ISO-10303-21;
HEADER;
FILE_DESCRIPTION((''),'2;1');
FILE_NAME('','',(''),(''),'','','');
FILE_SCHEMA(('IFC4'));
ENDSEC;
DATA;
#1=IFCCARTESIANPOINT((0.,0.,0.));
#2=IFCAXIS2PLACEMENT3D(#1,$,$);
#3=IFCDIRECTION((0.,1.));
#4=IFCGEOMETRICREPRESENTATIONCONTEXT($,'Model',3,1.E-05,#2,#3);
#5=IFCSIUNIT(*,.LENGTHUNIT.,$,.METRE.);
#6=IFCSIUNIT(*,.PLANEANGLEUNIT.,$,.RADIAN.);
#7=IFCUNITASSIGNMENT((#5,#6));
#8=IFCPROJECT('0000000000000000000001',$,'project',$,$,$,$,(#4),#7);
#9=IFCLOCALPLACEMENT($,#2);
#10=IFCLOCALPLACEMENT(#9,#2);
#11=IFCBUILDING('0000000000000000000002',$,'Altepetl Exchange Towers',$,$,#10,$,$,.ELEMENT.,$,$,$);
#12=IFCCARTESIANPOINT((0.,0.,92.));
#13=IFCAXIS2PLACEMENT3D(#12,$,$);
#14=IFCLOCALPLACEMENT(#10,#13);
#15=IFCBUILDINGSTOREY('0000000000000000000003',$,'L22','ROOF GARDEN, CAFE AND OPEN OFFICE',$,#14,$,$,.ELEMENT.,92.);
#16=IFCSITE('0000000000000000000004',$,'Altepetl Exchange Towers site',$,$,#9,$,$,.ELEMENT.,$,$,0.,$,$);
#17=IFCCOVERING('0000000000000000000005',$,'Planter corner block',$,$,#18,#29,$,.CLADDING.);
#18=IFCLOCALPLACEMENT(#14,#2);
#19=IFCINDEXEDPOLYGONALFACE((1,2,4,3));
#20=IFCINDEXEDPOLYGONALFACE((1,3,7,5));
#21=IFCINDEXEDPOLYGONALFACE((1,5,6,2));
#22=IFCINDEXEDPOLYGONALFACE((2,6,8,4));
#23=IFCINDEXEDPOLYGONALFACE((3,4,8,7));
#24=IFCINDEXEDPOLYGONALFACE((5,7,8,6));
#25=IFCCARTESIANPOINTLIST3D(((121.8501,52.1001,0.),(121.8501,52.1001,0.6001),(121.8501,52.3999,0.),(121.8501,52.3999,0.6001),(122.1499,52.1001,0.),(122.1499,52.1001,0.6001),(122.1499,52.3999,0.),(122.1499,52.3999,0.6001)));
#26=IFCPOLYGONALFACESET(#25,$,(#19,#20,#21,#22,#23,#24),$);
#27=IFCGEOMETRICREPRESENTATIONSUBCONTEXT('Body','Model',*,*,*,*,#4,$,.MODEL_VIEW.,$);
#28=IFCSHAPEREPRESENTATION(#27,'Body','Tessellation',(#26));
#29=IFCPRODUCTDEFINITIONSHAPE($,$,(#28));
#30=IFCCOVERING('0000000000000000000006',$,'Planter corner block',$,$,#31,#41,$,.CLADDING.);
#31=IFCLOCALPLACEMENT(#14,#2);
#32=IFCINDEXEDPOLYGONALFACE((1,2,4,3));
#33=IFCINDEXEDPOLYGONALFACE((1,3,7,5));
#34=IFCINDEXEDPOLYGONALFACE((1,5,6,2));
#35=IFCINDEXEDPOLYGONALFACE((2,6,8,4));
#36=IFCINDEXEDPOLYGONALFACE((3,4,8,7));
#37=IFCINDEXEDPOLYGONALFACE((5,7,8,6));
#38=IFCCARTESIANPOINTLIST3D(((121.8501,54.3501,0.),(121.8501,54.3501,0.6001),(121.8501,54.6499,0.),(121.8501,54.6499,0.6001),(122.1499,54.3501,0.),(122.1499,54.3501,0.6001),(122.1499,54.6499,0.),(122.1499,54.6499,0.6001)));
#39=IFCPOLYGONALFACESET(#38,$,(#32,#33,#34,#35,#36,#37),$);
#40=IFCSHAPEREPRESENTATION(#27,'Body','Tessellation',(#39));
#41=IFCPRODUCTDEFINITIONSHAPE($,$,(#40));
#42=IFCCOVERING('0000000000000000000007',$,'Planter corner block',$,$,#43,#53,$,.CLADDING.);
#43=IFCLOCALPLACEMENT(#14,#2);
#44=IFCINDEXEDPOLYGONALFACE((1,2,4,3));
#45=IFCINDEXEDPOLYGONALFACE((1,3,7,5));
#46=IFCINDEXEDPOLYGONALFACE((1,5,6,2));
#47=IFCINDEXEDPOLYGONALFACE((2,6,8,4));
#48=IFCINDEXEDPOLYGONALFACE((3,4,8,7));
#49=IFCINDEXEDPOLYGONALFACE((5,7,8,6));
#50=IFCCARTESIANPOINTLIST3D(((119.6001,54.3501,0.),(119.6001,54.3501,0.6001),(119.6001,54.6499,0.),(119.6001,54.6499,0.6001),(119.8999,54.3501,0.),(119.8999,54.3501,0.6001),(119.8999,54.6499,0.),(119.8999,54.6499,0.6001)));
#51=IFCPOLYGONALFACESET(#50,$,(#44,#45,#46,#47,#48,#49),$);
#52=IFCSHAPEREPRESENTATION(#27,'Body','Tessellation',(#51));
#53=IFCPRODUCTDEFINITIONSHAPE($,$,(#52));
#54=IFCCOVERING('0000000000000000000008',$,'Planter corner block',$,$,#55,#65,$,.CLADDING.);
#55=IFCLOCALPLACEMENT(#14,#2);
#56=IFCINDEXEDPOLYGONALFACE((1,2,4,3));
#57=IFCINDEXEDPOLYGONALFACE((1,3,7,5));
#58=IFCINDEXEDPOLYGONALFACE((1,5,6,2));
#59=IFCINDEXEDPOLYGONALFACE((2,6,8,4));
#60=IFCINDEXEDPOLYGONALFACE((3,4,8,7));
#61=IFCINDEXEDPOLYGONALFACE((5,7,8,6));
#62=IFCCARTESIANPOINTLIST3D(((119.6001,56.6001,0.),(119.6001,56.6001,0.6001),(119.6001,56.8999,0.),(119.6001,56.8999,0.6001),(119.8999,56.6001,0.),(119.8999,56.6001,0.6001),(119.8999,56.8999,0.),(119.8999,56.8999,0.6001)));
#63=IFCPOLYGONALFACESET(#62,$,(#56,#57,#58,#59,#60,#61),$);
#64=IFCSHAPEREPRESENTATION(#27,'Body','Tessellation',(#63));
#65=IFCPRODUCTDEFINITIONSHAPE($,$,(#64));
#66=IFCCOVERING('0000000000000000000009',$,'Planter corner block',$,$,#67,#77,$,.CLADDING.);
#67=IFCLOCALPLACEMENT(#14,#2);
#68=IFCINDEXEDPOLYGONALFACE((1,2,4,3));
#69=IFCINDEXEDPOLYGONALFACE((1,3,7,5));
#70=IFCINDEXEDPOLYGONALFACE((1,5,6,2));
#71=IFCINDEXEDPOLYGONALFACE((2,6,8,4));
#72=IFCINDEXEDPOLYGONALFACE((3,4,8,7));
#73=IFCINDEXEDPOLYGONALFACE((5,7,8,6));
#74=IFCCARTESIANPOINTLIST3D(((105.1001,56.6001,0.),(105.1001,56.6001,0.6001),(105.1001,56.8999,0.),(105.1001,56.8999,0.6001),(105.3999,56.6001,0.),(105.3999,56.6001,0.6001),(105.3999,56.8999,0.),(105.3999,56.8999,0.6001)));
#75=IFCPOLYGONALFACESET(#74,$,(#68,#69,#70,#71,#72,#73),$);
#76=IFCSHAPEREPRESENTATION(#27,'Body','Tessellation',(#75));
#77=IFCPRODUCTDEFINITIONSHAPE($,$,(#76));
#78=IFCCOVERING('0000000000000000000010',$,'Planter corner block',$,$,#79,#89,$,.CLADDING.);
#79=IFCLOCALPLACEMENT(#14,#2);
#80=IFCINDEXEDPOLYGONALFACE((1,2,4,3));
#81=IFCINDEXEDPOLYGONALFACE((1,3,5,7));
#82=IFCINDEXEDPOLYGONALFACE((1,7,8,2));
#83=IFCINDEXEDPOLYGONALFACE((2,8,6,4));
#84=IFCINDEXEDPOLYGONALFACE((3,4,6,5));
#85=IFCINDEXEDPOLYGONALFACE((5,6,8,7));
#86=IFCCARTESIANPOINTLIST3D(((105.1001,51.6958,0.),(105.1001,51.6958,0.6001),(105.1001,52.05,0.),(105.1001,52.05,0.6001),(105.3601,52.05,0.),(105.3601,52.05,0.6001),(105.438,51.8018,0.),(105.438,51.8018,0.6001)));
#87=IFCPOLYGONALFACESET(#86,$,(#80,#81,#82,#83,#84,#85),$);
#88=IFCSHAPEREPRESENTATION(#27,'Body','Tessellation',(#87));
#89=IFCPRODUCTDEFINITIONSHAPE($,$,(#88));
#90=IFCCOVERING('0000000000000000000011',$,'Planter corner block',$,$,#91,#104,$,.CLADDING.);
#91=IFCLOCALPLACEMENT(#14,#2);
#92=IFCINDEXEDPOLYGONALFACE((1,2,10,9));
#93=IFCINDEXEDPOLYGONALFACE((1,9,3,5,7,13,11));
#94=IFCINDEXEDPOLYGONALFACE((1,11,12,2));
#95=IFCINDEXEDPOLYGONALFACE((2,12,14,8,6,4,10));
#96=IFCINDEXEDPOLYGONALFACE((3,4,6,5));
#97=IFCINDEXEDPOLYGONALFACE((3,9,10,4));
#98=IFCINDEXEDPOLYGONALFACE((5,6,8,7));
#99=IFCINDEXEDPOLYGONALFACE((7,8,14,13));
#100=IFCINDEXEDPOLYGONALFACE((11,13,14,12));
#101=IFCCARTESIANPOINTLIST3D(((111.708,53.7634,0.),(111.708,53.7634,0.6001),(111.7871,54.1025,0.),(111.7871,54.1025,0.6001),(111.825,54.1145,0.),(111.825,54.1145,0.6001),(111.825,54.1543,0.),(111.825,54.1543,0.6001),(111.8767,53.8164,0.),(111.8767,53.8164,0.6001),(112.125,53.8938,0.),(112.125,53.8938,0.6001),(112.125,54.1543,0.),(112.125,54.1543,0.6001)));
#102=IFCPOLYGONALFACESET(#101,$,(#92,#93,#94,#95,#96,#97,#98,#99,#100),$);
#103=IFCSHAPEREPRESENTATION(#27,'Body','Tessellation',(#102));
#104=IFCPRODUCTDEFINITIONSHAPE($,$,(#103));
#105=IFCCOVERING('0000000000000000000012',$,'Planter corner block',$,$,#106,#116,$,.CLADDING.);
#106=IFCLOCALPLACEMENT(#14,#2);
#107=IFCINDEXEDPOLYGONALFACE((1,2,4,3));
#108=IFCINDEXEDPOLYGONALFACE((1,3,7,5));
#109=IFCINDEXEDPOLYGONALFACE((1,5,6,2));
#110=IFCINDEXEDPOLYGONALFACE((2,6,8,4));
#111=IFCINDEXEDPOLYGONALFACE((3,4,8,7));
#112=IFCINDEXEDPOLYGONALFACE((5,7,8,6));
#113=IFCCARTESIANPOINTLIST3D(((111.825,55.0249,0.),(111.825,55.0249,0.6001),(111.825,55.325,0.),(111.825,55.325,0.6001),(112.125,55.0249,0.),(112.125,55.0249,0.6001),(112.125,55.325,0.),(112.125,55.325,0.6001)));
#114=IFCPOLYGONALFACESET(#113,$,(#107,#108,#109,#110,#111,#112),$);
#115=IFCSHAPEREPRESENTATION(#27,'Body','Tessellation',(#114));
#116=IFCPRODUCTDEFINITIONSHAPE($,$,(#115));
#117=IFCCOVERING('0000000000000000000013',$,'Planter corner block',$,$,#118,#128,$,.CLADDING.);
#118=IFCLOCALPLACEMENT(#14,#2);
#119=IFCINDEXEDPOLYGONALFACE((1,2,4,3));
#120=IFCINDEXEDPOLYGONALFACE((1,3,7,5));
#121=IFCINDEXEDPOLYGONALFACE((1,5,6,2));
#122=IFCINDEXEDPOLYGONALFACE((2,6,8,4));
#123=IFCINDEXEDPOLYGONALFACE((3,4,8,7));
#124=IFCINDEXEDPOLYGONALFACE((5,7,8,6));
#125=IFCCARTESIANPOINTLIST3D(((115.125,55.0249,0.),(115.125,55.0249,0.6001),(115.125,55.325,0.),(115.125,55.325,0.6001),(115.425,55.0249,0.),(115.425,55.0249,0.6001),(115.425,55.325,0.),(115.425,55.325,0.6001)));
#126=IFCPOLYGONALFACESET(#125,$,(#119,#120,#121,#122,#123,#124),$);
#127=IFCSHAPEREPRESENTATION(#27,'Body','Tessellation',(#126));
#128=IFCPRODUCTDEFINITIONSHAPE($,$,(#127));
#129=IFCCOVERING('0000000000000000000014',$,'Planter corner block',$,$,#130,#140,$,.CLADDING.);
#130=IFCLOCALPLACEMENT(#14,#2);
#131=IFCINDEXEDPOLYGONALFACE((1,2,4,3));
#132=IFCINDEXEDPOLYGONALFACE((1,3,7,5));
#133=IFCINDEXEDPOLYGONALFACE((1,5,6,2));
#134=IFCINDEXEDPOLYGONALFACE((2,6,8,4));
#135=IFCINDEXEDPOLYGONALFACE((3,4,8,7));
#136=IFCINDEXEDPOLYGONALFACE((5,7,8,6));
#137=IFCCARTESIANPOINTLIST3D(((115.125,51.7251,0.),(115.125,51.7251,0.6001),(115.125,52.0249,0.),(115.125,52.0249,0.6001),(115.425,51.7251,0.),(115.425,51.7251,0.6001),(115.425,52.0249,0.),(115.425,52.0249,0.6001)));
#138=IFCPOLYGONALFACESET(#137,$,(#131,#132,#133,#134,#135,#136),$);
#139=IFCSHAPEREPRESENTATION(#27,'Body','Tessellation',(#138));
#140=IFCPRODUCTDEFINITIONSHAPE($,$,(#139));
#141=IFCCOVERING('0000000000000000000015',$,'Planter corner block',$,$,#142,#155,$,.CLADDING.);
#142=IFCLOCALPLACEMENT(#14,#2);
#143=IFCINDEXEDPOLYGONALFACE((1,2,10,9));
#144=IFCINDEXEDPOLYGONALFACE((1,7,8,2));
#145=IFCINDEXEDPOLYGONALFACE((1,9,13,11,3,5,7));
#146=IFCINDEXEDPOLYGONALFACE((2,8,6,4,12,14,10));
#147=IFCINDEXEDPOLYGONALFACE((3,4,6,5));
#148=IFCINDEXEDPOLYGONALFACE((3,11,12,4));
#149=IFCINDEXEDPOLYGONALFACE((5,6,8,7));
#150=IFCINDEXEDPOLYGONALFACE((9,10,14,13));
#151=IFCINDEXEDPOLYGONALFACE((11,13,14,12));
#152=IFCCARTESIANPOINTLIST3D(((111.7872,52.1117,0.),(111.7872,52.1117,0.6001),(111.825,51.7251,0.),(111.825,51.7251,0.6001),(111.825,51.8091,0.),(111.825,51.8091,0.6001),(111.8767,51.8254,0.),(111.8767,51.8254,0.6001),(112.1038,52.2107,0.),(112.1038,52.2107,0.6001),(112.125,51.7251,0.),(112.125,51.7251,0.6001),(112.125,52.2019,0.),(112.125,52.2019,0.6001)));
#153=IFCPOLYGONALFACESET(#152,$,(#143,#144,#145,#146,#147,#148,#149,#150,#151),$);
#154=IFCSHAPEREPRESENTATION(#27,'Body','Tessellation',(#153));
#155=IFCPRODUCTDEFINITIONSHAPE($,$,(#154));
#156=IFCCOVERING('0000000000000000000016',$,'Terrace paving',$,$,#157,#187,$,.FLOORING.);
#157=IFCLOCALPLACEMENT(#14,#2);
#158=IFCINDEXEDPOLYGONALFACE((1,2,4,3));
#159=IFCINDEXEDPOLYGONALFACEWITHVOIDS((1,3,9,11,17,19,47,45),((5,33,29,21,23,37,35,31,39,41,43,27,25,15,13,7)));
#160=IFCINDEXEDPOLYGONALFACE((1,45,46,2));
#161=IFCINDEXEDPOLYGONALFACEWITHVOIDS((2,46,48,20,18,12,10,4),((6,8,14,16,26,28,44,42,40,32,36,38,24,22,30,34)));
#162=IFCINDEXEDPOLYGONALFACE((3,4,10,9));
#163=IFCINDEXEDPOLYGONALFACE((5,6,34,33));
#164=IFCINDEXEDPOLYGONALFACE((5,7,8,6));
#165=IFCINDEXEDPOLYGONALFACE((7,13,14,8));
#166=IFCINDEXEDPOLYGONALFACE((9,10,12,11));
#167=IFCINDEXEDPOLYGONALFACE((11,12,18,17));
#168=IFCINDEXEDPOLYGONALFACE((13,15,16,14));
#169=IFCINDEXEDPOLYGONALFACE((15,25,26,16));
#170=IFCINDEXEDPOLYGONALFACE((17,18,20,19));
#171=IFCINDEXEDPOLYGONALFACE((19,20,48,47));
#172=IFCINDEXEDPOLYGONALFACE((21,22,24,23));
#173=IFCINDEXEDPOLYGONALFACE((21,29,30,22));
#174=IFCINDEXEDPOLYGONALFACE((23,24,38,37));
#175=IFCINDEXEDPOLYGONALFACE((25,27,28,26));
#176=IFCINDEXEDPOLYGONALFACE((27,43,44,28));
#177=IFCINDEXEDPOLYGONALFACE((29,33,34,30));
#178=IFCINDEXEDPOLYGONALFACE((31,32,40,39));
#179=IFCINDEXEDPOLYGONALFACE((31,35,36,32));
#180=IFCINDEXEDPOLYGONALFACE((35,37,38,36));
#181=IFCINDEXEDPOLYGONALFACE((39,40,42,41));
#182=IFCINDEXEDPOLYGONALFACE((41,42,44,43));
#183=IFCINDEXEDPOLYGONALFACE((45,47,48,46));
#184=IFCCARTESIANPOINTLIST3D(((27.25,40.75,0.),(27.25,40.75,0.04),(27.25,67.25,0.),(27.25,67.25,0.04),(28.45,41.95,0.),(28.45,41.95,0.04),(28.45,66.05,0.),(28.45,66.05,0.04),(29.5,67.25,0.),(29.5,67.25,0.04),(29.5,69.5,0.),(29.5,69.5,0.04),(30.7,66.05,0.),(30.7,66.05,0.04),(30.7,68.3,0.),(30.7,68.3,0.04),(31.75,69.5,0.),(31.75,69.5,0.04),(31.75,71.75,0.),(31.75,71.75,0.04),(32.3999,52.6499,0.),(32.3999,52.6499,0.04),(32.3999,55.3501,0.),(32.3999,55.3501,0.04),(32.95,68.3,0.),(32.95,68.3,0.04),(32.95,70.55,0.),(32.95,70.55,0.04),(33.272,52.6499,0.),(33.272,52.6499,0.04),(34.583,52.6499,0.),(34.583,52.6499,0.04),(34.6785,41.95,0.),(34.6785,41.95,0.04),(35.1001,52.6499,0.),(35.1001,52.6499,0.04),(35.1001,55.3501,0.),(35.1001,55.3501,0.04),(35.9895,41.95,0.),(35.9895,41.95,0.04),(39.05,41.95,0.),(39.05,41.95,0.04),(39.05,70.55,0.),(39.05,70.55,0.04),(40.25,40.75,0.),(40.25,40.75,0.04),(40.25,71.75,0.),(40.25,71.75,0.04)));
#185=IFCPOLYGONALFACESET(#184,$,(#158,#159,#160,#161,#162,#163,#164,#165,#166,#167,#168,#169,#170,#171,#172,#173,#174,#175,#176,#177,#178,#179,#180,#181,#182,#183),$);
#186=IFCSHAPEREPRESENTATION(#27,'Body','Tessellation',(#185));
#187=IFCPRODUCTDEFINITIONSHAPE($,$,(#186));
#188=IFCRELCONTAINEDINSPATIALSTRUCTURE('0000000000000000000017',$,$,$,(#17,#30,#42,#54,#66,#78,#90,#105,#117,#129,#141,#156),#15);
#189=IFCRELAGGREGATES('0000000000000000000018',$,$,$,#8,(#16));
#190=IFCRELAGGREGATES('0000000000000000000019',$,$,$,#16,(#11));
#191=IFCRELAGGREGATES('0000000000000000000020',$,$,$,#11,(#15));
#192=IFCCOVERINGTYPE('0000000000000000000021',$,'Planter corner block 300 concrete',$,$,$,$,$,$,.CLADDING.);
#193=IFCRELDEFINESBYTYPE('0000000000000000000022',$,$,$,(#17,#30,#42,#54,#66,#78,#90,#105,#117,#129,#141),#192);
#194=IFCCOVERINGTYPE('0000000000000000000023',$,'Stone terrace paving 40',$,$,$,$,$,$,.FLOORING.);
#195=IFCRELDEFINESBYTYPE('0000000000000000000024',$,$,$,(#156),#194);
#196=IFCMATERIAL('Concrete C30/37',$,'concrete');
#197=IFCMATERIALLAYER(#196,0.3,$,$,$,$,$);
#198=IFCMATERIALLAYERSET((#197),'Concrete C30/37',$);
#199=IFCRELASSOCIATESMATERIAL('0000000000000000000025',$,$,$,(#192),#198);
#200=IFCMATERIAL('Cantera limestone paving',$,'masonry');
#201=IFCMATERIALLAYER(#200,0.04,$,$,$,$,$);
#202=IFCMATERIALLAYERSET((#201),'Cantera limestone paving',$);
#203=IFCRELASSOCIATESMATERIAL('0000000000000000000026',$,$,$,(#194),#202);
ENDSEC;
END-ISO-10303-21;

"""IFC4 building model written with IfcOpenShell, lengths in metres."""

from ifc_helpers import new_model, si_unit, direction, frame, origin, place, context, subcontext, project, spatial, polyline, outline, extrude, material, layer, layer_set, type_object, element, save


model = new_model("IFC4")

# Units and contexts
model_context = context("Model", 3, precision=1e-05, world=origin(), true_north=direction((0.0, 1.0)))
body_context = subcontext(model_context, "Body", "Model", "MODEL_VIEW")
ifc_project = project(units=[si_unit("LENGTHUNIT", "METRE"), si_unit("PLANEANGLEUNIT", "RADIAN")], contexts=[model_context])

# Site, building, storey
site_placement = place(None, origin())
site = spatial("IfcSite", under=ifc_project, at=site_placement, Name="Altepetl Exchange Towers site", CompositionType="ELEMENT", RefElevation=0.0)
building_placement = place(site_placement, origin())
building = spatial("IfcBuilding", under=site, at=building_placement, Name="Altepetl Exchange Towers", CompositionType="ELEMENT")
storey_placement = place(building_placement, frame((0.0, 0.0, 92.0)))
storey = spatial("IfcBuildingStorey", under=building, at=storey_placement, Name="L22", Description="ROOF GARDEN, CAFE AND OPEN OFFICE", CompositionType="ELEMENT", Elevation=92.0)

# Coverings
ifc_material_1 = material(Name="Concrete C30/37", Category="concrete")
ifc_layer_1 = layer(ifc_material_1, 0.3)
ifc_layer_set_1 = layer_set([ifc_layer_1], Name="Concrete C30/37")
covering_type_1 = type_object("IfcCoveringType", Name="Planter corner block 300 concrete", PredefinedType="CLADDING", material=ifc_layer_set_1)
covering_1_placement = place(storey_placement, origin())
element("IfcCovering", 1, at=covering_1_placement, inside=storey, type_object=covering_type_1, Name="Planter corner block", PredefinedType="CLADDING", context=body_context, shape_type="SweptSolid", body=[
    extrude(outline(polyline([(121.8501, 52.3999), (121.8501, 52.1001), (122.1499, 52.1001), (122.1499, 52.3999), (121.8501, 52.3999)])), origin(), (0.0, 0.0, 1.0), 0.6001),
])
covering_2_placement = place(storey_placement, origin())
element("IfcCovering", 2, at=covering_2_placement, inside=storey, type_object=covering_type_1, Name="Planter corner block", PredefinedType="CLADDING", context=body_context, shape_type="SweptSolid", body=[
    extrude(outline(polyline([(121.8501, 54.3501), (122.1499, 54.3501), (122.1499, 54.6499), (121.8501, 54.6499), (121.8501, 54.3501)])), origin(), (0.0, 0.0, 1.0), 0.6001),
])
covering_3_placement = place(storey_placement, origin())
element("IfcCovering", 3, at=covering_3_placement, inside=storey, type_object=covering_type_1, Name="Planter corner block", PredefinedType="CLADDING", context=body_context, shape_type="SweptSolid", body=[
    extrude(outline(polyline([(119.6001, 54.6499), (119.6001, 54.3501), (119.8999, 54.3501), (119.8999, 54.6499), (119.6001, 54.6499)])), origin(), (0.0, 0.0, 1.0), 0.6001),
])
covering_4_placement = place(storey_placement, origin())
element("IfcCovering", 4, at=covering_4_placement, inside=storey, type_object=covering_type_1, Name="Planter corner block", PredefinedType="CLADDING", context=body_context, shape_type="SweptSolid", body=[
    extrude(outline(polyline([(119.6001, 56.6001), (119.8999, 56.6001), (119.8999, 56.8999), (119.6001, 56.8999), (119.6001, 56.6001)])), origin(), (0.0, 0.0, 1.0), 0.6001),
])
covering_5_placement = place(storey_placement, origin())
element("IfcCovering", 5, at=covering_5_placement, inside=storey, type_object=covering_type_1, Name="Planter corner block", PredefinedType="CLADDING", context=body_context, shape_type="SweptSolid", body=[
    extrude(outline(polyline([(105.3999, 56.6001), (105.3999, 56.8999), (105.1001, 56.8999), (105.1001, 56.6001), (105.3999, 56.6001)])), origin(), (0.0, 0.0, 1.0), 0.6001),
])
covering_6_placement = place(storey_placement, origin())
element("IfcCovering", 6, at=covering_6_placement, inside=storey, type_object=covering_type_1, Name="Planter corner block", PredefinedType="CLADDING", context=body_context, shape_type="SweptSolid", body=[
    extrude(outline(polyline([(105.3601, 52.05), (105.1001, 52.05), (105.1001, 51.6958), (105.438, 51.8018), (105.3601, 52.05)])), origin(), (0.0, 0.0, 1.0), 0.6001),
])
covering_7_placement = place(storey_placement, origin())
element("IfcCovering", 7, at=covering_7_placement, inside=storey, type_object=covering_type_1, Name="Planter corner block", PredefinedType="CLADDING", context=body_context, shape_type="SweptSolid", body=[
    extrude(outline(polyline([(111.8767, 53.8164), (111.708, 53.7634), (112.125, 53.8938), (112.125, 54.1543), (111.825, 54.1543), (111.825, 54.1145), (111.7871, 54.1025), (111.8767, 53.8164)])), origin(), (0.0, 0.0, 1.0), 0.6001),
])
covering_8_placement = place(storey_placement, origin())
element("IfcCovering", 8, at=covering_8_placement, inside=storey, type_object=covering_type_1, Name="Planter corner block", PredefinedType="CLADDING", context=body_context, shape_type="SweptSolid", body=[
    extrude(outline(polyline([(112.125, 55.325), (111.825, 55.325), (111.825, 55.0249), (112.125, 55.0249), (112.125, 55.325)])), origin(), (0.0, 0.0, 1.0), 0.6001),
])
covering_9_placement = place(storey_placement, origin())
element("IfcCovering", 9, at=covering_9_placement, inside=storey, type_object=covering_type_1, Name="Planter corner block", PredefinedType="CLADDING", context=body_context, shape_type="SweptSolid", body=[
    extrude(outline(polyline([(115.425, 55.0249), (115.425, 55.325), (115.125, 55.325), (115.125, 55.0249), (115.425, 55.0249)])), origin(), (0.0, 0.0, 1.0), 0.6001),
])
covering_10_placement = place(storey_placement, origin())
element("IfcCovering", 10, at=covering_10_placement, inside=storey, type_object=covering_type_1, Name="Planter corner block", PredefinedType="CLADDING", context=body_context, shape_type="SweptSolid", body=[
    extrude(outline(polyline([(115.125, 51.7251), (115.425, 51.7251), (115.425, 52.0249), (115.125, 52.0249), (115.125, 51.7251)])), origin(), (0.0, 0.0, 1.0), 0.6001),
])
covering_11_placement = place(storey_placement, origin())
element("IfcCovering", 11, at=covering_11_placement, inside=storey, type_object=covering_type_1, Name="Planter corner block", PredefinedType="CLADDING", context=body_context, shape_type="SweptSolid", body=[
    extrude(outline(polyline([(112.125, 52.2019), (112.1038, 52.2107), (111.6775, 52.0774), (111.7871, 52.1118), (111.8767, 51.8254), (111.825, 51.8091), (111.825, 51.7251), (112.125, 51.7251), (112.125, 52.2019)])), origin(), (0.0, 0.0, 1.0), 0.6001),
])
ifc_material_2 = material(Name="Cantera limestone paving", Category="masonry")
ifc_layer_2 = layer(ifc_material_2, 0.04)
ifc_layer_set_2 = layer_set([ifc_layer_2], Name="Cantera limestone paving")
covering_type_2 = type_object("IfcCoveringType", Name="Stone terrace paving 40", PredefinedType="FLOORING", material=ifc_layer_set_2)
covering_12_placement = place(storey_placement, origin())
element("IfcCovering", 12, at=covering_12_placement, inside=storey, type_object=covering_type_2, Name="Terrace paving", PredefinedType="FLOORING", context=body_context, shape_type="SweptSolid", body=[
    extrude(outline(polyline([(31.75, 69.5), (29.5, 69.5), (29.5, 67.25), (27.25, 67.25), (27.25, 40.75), (40.25, 40.75), (40.25, 71.75), (31.75, 71.75), (31.75, 69.5)]), holes=[polyline([(30.7, 66.05), (28.45, 66.05), (28.45, 41.95), (34.6785, 41.95), (33.272, 52.6499), (32.3999, 52.6499), (32.3999, 55.3501), (35.1001, 55.3501), (35.1001, 52.6499), (34.583, 52.6499), (35.9895, 41.95), (39.05, 41.95), (39.05, 70.55), (32.95, 70.55), (32.95, 68.3), (30.7, 68.3), (30.7, 66.05)])]), origin(), (0.0, 0.0, 1.0), 0.04),
])

save(model, "model.ifc")
